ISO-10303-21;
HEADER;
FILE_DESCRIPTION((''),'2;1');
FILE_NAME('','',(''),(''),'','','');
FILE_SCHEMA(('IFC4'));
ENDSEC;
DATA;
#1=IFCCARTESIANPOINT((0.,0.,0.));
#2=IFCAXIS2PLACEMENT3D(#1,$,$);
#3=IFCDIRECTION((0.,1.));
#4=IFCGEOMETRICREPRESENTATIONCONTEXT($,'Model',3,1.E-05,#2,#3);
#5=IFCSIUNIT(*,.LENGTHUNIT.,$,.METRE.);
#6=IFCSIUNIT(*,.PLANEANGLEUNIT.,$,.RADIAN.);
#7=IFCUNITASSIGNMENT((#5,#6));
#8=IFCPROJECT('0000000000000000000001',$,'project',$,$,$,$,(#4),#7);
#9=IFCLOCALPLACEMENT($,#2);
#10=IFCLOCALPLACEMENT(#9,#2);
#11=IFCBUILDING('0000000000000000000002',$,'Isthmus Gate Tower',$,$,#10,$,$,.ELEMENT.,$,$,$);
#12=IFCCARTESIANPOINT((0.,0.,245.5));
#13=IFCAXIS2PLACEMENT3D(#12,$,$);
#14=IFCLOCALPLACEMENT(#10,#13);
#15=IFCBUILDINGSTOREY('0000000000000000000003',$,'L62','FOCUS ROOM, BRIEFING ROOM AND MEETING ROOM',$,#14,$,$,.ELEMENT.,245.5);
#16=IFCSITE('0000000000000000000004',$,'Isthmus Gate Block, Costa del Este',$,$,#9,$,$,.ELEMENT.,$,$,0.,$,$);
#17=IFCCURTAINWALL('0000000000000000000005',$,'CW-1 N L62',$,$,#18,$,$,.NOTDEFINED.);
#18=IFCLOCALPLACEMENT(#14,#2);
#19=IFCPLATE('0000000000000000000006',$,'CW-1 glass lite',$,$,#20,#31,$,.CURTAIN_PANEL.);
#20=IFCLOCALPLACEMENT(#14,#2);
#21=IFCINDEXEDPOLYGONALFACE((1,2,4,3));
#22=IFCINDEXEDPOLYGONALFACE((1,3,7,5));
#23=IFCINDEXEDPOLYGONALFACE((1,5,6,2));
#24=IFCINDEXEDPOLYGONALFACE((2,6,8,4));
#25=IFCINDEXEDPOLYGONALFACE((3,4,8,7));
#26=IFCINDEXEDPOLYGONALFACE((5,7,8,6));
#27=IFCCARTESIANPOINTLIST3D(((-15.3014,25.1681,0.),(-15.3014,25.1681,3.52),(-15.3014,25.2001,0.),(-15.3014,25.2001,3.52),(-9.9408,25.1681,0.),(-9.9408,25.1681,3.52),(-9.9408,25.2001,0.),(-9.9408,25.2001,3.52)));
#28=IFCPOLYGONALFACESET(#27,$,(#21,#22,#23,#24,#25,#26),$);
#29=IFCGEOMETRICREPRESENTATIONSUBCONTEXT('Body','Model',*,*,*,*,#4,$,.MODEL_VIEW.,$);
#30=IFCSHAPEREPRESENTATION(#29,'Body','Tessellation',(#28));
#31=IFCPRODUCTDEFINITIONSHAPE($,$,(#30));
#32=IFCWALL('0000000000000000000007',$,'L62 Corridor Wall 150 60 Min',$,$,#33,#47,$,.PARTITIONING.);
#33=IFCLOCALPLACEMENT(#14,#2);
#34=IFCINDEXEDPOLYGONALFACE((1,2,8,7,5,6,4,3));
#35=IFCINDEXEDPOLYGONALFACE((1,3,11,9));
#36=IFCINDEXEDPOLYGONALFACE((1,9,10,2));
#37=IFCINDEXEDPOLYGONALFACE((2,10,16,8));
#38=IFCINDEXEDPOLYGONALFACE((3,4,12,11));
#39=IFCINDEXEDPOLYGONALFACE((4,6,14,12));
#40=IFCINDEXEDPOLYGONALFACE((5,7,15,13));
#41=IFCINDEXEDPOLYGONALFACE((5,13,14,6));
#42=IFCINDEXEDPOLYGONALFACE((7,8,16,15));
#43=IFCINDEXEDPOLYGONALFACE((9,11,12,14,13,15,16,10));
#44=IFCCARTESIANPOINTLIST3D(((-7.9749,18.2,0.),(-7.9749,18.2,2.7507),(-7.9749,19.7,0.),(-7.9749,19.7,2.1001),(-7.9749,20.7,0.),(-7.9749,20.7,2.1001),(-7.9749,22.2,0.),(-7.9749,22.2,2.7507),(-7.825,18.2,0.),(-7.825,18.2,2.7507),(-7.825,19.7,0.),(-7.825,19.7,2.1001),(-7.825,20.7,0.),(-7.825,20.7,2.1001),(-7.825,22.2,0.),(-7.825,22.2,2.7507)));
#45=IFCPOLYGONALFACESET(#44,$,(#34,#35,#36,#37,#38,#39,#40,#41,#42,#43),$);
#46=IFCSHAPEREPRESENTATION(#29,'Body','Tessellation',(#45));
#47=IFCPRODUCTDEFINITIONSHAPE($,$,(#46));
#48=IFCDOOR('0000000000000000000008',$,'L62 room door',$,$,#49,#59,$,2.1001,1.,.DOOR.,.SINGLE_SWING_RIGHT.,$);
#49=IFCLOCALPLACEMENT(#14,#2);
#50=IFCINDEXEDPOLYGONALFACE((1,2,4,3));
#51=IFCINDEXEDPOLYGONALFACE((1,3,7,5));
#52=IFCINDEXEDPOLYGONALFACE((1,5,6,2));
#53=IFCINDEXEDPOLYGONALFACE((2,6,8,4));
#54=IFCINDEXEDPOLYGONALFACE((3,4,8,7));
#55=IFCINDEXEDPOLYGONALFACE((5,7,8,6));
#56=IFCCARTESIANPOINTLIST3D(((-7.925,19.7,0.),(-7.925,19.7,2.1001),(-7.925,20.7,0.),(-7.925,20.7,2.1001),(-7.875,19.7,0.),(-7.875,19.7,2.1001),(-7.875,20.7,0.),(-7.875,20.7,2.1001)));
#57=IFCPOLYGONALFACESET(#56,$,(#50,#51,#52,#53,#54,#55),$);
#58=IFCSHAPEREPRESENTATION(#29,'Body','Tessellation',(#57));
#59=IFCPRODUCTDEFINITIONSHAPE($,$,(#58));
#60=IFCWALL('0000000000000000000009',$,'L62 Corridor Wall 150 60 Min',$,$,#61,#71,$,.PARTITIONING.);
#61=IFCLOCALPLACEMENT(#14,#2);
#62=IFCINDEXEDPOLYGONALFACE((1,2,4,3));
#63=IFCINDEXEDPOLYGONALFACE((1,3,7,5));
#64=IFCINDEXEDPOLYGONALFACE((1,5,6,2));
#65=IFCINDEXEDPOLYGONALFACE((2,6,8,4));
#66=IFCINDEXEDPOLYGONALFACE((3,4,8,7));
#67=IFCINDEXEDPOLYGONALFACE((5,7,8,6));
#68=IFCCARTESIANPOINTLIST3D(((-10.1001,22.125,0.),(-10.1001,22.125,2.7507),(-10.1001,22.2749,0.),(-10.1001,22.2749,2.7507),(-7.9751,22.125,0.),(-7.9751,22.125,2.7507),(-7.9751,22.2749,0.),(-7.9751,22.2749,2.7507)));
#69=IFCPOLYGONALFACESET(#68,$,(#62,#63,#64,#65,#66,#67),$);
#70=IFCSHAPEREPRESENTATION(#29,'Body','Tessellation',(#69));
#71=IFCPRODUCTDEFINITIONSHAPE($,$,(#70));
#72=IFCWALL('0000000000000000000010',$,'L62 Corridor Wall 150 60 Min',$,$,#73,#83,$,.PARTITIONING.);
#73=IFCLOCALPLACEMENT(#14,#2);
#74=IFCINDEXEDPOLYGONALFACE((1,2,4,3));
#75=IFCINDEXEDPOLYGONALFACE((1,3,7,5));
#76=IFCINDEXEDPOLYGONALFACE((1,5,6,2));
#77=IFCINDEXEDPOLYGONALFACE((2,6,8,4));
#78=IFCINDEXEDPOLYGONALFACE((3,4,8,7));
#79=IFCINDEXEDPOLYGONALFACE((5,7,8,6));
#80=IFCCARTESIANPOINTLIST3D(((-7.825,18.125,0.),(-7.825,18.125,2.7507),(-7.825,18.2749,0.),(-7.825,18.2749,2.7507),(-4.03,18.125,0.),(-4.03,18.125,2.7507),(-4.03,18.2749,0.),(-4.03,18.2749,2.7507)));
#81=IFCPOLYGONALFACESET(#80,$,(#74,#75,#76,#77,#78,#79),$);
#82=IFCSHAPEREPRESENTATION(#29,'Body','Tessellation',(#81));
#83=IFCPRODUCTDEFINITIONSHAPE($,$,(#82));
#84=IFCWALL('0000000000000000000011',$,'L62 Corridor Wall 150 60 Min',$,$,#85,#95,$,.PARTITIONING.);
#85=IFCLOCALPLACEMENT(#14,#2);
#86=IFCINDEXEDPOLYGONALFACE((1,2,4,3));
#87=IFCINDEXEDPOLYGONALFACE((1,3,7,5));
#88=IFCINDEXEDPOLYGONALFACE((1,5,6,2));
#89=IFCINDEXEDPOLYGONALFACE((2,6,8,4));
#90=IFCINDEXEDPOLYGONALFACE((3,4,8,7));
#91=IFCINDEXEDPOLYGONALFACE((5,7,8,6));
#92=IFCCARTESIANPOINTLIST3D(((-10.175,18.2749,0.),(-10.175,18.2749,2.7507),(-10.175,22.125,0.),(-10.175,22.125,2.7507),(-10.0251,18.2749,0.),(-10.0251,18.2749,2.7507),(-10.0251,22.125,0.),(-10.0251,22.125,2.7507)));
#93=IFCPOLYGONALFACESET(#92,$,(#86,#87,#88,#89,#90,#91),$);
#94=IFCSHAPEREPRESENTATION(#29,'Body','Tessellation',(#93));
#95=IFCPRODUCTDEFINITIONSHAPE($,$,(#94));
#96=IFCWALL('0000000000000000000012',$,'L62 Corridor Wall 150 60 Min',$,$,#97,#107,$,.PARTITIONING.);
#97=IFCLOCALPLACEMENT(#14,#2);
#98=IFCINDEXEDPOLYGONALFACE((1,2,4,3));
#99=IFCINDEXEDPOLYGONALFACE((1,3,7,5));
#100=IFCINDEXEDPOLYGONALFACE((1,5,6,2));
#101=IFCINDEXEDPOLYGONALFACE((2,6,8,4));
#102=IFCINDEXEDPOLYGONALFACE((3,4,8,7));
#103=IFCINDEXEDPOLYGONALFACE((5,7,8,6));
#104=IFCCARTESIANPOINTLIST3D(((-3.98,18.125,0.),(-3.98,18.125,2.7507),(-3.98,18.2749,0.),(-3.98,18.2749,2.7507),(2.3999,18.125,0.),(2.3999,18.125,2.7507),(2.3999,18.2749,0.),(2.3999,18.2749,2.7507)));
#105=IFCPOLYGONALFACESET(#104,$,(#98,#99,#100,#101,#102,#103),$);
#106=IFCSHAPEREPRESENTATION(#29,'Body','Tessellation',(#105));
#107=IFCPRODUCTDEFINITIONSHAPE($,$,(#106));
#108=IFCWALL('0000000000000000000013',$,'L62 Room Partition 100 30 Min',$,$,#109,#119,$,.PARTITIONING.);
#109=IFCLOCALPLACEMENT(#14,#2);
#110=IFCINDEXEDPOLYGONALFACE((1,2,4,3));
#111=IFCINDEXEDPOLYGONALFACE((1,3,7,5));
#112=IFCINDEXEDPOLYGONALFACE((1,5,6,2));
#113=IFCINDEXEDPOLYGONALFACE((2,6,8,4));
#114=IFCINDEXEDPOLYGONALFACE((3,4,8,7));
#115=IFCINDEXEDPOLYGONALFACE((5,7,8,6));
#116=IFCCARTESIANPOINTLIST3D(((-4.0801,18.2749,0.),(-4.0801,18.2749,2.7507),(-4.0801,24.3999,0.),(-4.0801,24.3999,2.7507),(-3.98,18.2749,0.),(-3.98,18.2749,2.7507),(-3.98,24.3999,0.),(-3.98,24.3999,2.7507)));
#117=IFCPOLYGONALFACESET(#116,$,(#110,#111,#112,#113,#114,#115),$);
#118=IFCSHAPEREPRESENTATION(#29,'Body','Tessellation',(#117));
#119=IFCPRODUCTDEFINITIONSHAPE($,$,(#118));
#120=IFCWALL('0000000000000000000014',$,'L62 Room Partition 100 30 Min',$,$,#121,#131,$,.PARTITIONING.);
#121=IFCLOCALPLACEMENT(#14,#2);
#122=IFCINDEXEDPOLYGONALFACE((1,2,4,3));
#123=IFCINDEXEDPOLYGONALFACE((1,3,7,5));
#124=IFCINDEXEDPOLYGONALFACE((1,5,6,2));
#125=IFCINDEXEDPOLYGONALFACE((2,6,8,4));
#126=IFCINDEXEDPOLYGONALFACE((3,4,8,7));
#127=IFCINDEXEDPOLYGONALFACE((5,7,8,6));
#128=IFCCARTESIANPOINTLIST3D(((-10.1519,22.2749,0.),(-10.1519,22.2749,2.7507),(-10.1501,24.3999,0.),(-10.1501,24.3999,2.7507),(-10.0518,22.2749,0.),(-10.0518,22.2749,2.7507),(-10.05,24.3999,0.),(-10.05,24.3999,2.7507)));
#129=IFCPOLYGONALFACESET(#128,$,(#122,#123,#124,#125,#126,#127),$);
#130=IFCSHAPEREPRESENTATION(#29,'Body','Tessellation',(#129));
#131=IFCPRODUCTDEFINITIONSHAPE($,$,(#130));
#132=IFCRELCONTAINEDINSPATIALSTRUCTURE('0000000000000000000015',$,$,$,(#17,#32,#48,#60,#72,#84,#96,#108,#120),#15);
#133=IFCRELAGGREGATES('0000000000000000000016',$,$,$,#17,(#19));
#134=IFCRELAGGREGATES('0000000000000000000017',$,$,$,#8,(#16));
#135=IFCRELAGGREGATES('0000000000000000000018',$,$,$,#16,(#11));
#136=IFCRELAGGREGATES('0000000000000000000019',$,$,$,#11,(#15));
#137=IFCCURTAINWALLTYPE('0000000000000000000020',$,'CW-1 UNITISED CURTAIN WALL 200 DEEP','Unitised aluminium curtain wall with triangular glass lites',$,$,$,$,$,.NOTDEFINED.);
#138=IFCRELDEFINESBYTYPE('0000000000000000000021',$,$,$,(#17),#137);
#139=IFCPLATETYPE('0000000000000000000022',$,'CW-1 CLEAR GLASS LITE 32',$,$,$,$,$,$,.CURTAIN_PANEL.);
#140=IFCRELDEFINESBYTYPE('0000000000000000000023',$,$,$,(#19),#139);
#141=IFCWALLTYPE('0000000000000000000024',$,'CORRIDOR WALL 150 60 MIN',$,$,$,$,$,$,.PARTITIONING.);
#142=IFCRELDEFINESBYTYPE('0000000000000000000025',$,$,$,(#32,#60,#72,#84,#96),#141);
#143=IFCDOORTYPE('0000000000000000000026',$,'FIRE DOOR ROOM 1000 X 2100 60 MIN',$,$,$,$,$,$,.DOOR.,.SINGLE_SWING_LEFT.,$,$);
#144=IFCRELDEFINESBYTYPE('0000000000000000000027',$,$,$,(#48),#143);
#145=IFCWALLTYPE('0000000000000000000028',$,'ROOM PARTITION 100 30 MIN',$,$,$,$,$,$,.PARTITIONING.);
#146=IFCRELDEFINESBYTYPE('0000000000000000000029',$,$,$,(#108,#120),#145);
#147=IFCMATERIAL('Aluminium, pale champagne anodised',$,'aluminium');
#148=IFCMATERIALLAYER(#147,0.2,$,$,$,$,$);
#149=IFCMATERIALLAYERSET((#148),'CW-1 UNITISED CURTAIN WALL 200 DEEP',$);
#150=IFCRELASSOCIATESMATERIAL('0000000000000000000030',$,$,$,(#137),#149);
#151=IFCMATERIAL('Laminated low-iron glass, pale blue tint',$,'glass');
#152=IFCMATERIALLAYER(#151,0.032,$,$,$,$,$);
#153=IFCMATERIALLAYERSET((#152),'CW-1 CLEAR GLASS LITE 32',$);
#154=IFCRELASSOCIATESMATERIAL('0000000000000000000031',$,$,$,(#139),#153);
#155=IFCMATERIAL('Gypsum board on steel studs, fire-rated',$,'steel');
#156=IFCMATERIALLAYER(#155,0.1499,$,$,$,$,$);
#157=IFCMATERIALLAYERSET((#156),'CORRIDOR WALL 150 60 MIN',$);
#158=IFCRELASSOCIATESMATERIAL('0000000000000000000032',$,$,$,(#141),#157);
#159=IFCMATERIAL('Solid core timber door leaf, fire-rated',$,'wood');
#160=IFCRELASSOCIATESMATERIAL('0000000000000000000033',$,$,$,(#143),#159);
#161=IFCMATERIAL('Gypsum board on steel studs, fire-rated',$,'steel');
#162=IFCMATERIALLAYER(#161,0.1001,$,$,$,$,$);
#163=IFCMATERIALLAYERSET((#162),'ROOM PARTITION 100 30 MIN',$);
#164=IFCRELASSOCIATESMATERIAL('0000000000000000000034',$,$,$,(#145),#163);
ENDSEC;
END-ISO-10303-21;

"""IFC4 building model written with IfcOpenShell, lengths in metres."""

from ifc_helpers import new_model, si_unit, direction, frame, frame_2d, origin, origin_2d, place, context, subcontext, project, spatial, rectangle, extrude, material, layer, layer_set, type_object, element, fill, aggregate, save


model = new_model("IFC4")

# Units and contexts
model_context = context("Model", 3, precision=1e-05, world=origin(), true_north=direction((0.0, 1.0)))
body_context = subcontext(model_context, "Body", "Model", "MODEL_VIEW")
ifc_project = project(units=[si_unit("LENGTHUNIT", "METRE"), si_unit("PLANEANGLEUNIT", "RADIAN")], contexts=[model_context])

# Site, building, storey
site_placement = place(None, origin())
site = spatial("IfcSite", under=ifc_project, at=site_placement, Name="Isthmus Gate Block, Costa del Este", CompositionType="ELEMENT", RefElevation=0.0)
building_placement = place(site_placement, origin())
building = spatial("IfcBuilding", under=site, at=building_placement, Name="Isthmus Gate Tower", CompositionType="ELEMENT")
storey_placement = place(building_placement, frame((0.0, 0.0, 245.5)))
storey = spatial("IfcBuildingStorey", under=building, at=storey_placement, Name="L62", Description="FOCUS ROOM, BRIEFING ROOM AND MEETING ROOM", CompositionType="ELEMENT", Elevation=245.5)

# Curtain wall
ifc_material_1 = material(Name="Aluminium, pale champagne anodised", Category="aluminium")
ifc_layer_1 = layer(ifc_material_1, 0.2)
ifc_layer_set_1 = layer_set([ifc_layer_1], Name="CW-1 UNITISED CURTAIN WALL 200 DEEP")
curtain_wall_type = type_object("IfcCurtainWallType", Name="CW-1 UNITISED CURTAIN WALL 200 DEEP", Description="Unitised aluminium curtain wall with triangular glass lites", PredefinedType="NOTDEFINED", material=ifc_layer_set_1)
curtain_wall_placement = place(storey_placement, origin())
curtain_wall = element("IfcCurtainWall", 1, at=curtain_wall_placement, inside=storey, type_object=curtain_wall_type, Name="CW-1 N L62", PredefinedType="NOTDEFINED")

# Plate
ifc_material_2 = material(Name="Laminated low-iron glass, pale blue tint", Category="glass")
ifc_layer_2 = layer(ifc_material_2, 0.032)
ifc_layer_set_2 = layer_set([ifc_layer_2], Name="CW-1 CLEAR GLASS LITE 32")
plate_type = type_object("IfcPlateType", Name="CW-1 CLEAR GLASS LITE 32", PredefinedType="CURTAIN_PANEL", material=ifc_layer_set_2)
plate_1_placement = place(storey_placement, frame((-12.6211, 25.1841, 0.0), z_axis=(0.0, 0.0, 1.0), x_axis=(-1.0, 0.0, 0.0)))
plate_1 = element("IfcPlate", 2, at=plate_1_placement, type_object=plate_type, Name="CW-1 glass lite", PredefinedType="CURTAIN_PANEL", context=body_context, shape_type="SweptSolid", body=[
    extrude(rectangle(XDim=5.3606, YDim=0.032, at=origin_2d()), origin(), (0.0, 0.0, 1.0), 3.52),
])
aggregate(curtain_wall, [plate_1])

# Wall, opening, door
ifc_material_3 = material(Name="Gypsum board on steel studs, fire-rated", Category="steel")
ifc_layer_3 = layer(ifc_material_3, 0.1499)
ifc_layer_set_3 = layer_set([ifc_layer_3], Name="CORRIDOR WALL 150 60 MIN")
wall_type_1 = type_object("IfcWallType", Name="CORRIDOR WALL 150 60 MIN", PredefinedType="PARTITIONING", material=ifc_layer_set_3)
wall_1_placement = place(storey_placement, frame((-7.8999, 22.2, 0.0), z_axis=(0.0, 0.0, 1.0), x_axis=(0.0, -1.0, 0.0)))
wall_1 = element("IfcWall", 3, at=wall_1_placement, inside=storey, type_object=wall_type_1, Name="L62 Corridor Wall 150 60 Min", PredefinedType="PARTITIONING", context=body_context, shape_type="SweptSolid", body=[
    extrude(rectangle(XDim=4.0, YDim=0.1499, at=frame_2d((2.0, 0.0))), origin(), (0.0, 0.0, 1.0), 2.7507),
])
opening_placement = place(wall_1_placement, frame((1.5, 0.0, 0.0)))
opening = element("IfcOpeningElement", 4, at=opening_placement, cuts=wall_1, PredefinedType="OPENING", context=body_context, shape_type="SweptSolid", body=[
    extrude(rectangle(XDim=1.0, YDim=2.1001, at=frame_2d((0.5, 1.05))), frame((0.0, 0.085, 0.0), z_axis=(0.0, -1.0, 0.0), x_axis=(1.0, 0.0, 0.0)), (0.0, 0.0, 1.0), 0.1699),
])
ifc_material_4 = material(Name="Solid core timber door leaf, fire-rated", Category="wood")
door_type = type_object("IfcDoorType", Name="FIRE DOOR ROOM 1000 X 2100 60 MIN", OperationType="SINGLE_SWING_LEFT", PredefinedType="DOOR", material=ifc_material_4)
door_placement = place(opening_placement, origin())
door = element("IfcDoor", 5, at=door_placement, inside=storey, type_object=door_type, Name="L62 room door", OperationType="SINGLE_SWING_RIGHT", OverallHeight=2.1001, OverallWidth=1.0, PredefinedType="DOOR", context=body_context, shape_type="SweptSolid", body=[
    extrude(rectangle(XDim=1.0, YDim=2.1001, at=frame_2d((0.5, 1.05))), frame((0.0, 0.0249, 0.0), z_axis=(0.0, -1.0, 0.0), x_axis=(1.0, 0.0, 0.0)), (0.0, 0.0, 1.0), 0.05),
])
fill(opening, door)

# Walls
wall_2_placement = place(storey_placement, frame((-10.1001, 22.2, 0.0), z_axis=(0.0, 0.0, 1.0), x_axis=(1.0, 0.0, 0.0)))
element("IfcWall", 6, at=wall_2_placement, inside=storey, type_object=wall_type_1, Name="L62 Corridor Wall 150 60 Min", PredefinedType="PARTITIONING", context=body_context, shape_type="SweptSolid", body=[
    extrude(rectangle(XDim=2.125, YDim=0.1499, at=frame_2d((1.0625, 0.0))), origin(), (0.0, 0.0, 1.0), 2.7507),
])
wall_3_placement = place(storey_placement, frame((-7.825, 18.2, 0.0), z_axis=(0.0, 0.0, 1.0), x_axis=(1.0, 0.0, 0.0)))
element("IfcWall", 7, at=wall_3_placement, inside=storey, type_object=wall_type_1, Name="L62 Corridor Wall 150 60 Min", PredefinedType="PARTITIONING", context=body_context, shape_type="SweptSolid", body=[
    extrude(rectangle(XDim=3.7949, YDim=0.1499, at=frame_2d((1.8975, 0.0))), origin(), (0.0, 0.0, 1.0), 2.7507),
])
wall_4_placement = place(storey_placement, frame((-10.1001, 18.2749, 0.0), z_axis=(0.0, 0.0, 1.0), x_axis=(0.0, 1.0, 0.0)))
element("IfcWall", 8, at=wall_4_placement, inside=storey, type_object=wall_type_1, Name="L62 Corridor Wall 150 60 Min", PredefinedType="PARTITIONING", context=body_context, shape_type="SweptSolid", body=[
    extrude(rectangle(XDim=3.8501, YDim=0.1499, at=frame_2d((1.925, 0.0))), origin(), (0.0, 0.0, 1.0), 2.7507),
])
wall_5_placement = place(storey_placement, frame((-3.98, 18.2, 0.0), z_axis=(0.0, 0.0, 1.0), x_axis=(1.0, 0.0, 0.0)))
element("IfcWall", 9, at=wall_5_placement, inside=storey, type_object=wall_type_1, Name="L62 Corridor Wall 150 60 Min", PredefinedType="PARTITIONING", context=body_context, shape_type="SweptSolid", body=[
    extrude(rectangle(XDim=6.3799, YDim=0.1499, at=frame_2d((3.1899, 0.0))), origin(), (0.0, 0.0, 1.0), 2.7507),
])
ifc_material_5 = material(Name="Gypsum board on steel studs, fire-rated", Category="steel")
ifc_layer_4 = layer(ifc_material_5, 0.1001)
ifc_layer_set_4 = layer_set([ifc_layer_4], Name="ROOM PARTITION 100 30 MIN")
wall_type_2 = type_object("IfcWallType", Name="ROOM PARTITION 100 30 MIN", PredefinedType="PARTITIONING", material=ifc_layer_set_4)
wall_6_placement = place(storey_placement, frame((-4.03, 18.2749, 0.0), z_axis=(0.0, 0.0, 1.0), x_axis=(0.0, 1.0, 0.0)))
element("IfcWall", 10, at=wall_6_placement, inside=storey, type_object=wall_type_2, Name="L62 Room Partition 100 30 Min", PredefinedType="PARTITIONING", context=body_context, shape_type="SweptSolid", body=[
    extrude(rectangle(XDim=6.125, YDim=0.1001, at=frame_2d((3.0625, 0.0))), origin(), (0.0, 0.0, 1.0), 2.7507),
])
wall_7_placement = place(storey_placement, frame((-10.1018, 22.2749, 0.0), z_axis=(0.0, 0.0, 1.0), x_axis=(0.000804, 1.0, 0.0)))
element("IfcWall", 11, at=wall_7_placement, inside=storey, type_object=wall_type_2, Name="L62 Room Partition 100 30 Min", PredefinedType="PARTITIONING", context=body_context, shape_type="SweptSolid", body=[
    extrude(rectangle(XDim=2.125, YDim=0.1001, at=frame_2d((1.0625, 0.0))), origin(), (0.0, 0.0, 1.0), 2.7507),
])

save(model, "model.ifc")
